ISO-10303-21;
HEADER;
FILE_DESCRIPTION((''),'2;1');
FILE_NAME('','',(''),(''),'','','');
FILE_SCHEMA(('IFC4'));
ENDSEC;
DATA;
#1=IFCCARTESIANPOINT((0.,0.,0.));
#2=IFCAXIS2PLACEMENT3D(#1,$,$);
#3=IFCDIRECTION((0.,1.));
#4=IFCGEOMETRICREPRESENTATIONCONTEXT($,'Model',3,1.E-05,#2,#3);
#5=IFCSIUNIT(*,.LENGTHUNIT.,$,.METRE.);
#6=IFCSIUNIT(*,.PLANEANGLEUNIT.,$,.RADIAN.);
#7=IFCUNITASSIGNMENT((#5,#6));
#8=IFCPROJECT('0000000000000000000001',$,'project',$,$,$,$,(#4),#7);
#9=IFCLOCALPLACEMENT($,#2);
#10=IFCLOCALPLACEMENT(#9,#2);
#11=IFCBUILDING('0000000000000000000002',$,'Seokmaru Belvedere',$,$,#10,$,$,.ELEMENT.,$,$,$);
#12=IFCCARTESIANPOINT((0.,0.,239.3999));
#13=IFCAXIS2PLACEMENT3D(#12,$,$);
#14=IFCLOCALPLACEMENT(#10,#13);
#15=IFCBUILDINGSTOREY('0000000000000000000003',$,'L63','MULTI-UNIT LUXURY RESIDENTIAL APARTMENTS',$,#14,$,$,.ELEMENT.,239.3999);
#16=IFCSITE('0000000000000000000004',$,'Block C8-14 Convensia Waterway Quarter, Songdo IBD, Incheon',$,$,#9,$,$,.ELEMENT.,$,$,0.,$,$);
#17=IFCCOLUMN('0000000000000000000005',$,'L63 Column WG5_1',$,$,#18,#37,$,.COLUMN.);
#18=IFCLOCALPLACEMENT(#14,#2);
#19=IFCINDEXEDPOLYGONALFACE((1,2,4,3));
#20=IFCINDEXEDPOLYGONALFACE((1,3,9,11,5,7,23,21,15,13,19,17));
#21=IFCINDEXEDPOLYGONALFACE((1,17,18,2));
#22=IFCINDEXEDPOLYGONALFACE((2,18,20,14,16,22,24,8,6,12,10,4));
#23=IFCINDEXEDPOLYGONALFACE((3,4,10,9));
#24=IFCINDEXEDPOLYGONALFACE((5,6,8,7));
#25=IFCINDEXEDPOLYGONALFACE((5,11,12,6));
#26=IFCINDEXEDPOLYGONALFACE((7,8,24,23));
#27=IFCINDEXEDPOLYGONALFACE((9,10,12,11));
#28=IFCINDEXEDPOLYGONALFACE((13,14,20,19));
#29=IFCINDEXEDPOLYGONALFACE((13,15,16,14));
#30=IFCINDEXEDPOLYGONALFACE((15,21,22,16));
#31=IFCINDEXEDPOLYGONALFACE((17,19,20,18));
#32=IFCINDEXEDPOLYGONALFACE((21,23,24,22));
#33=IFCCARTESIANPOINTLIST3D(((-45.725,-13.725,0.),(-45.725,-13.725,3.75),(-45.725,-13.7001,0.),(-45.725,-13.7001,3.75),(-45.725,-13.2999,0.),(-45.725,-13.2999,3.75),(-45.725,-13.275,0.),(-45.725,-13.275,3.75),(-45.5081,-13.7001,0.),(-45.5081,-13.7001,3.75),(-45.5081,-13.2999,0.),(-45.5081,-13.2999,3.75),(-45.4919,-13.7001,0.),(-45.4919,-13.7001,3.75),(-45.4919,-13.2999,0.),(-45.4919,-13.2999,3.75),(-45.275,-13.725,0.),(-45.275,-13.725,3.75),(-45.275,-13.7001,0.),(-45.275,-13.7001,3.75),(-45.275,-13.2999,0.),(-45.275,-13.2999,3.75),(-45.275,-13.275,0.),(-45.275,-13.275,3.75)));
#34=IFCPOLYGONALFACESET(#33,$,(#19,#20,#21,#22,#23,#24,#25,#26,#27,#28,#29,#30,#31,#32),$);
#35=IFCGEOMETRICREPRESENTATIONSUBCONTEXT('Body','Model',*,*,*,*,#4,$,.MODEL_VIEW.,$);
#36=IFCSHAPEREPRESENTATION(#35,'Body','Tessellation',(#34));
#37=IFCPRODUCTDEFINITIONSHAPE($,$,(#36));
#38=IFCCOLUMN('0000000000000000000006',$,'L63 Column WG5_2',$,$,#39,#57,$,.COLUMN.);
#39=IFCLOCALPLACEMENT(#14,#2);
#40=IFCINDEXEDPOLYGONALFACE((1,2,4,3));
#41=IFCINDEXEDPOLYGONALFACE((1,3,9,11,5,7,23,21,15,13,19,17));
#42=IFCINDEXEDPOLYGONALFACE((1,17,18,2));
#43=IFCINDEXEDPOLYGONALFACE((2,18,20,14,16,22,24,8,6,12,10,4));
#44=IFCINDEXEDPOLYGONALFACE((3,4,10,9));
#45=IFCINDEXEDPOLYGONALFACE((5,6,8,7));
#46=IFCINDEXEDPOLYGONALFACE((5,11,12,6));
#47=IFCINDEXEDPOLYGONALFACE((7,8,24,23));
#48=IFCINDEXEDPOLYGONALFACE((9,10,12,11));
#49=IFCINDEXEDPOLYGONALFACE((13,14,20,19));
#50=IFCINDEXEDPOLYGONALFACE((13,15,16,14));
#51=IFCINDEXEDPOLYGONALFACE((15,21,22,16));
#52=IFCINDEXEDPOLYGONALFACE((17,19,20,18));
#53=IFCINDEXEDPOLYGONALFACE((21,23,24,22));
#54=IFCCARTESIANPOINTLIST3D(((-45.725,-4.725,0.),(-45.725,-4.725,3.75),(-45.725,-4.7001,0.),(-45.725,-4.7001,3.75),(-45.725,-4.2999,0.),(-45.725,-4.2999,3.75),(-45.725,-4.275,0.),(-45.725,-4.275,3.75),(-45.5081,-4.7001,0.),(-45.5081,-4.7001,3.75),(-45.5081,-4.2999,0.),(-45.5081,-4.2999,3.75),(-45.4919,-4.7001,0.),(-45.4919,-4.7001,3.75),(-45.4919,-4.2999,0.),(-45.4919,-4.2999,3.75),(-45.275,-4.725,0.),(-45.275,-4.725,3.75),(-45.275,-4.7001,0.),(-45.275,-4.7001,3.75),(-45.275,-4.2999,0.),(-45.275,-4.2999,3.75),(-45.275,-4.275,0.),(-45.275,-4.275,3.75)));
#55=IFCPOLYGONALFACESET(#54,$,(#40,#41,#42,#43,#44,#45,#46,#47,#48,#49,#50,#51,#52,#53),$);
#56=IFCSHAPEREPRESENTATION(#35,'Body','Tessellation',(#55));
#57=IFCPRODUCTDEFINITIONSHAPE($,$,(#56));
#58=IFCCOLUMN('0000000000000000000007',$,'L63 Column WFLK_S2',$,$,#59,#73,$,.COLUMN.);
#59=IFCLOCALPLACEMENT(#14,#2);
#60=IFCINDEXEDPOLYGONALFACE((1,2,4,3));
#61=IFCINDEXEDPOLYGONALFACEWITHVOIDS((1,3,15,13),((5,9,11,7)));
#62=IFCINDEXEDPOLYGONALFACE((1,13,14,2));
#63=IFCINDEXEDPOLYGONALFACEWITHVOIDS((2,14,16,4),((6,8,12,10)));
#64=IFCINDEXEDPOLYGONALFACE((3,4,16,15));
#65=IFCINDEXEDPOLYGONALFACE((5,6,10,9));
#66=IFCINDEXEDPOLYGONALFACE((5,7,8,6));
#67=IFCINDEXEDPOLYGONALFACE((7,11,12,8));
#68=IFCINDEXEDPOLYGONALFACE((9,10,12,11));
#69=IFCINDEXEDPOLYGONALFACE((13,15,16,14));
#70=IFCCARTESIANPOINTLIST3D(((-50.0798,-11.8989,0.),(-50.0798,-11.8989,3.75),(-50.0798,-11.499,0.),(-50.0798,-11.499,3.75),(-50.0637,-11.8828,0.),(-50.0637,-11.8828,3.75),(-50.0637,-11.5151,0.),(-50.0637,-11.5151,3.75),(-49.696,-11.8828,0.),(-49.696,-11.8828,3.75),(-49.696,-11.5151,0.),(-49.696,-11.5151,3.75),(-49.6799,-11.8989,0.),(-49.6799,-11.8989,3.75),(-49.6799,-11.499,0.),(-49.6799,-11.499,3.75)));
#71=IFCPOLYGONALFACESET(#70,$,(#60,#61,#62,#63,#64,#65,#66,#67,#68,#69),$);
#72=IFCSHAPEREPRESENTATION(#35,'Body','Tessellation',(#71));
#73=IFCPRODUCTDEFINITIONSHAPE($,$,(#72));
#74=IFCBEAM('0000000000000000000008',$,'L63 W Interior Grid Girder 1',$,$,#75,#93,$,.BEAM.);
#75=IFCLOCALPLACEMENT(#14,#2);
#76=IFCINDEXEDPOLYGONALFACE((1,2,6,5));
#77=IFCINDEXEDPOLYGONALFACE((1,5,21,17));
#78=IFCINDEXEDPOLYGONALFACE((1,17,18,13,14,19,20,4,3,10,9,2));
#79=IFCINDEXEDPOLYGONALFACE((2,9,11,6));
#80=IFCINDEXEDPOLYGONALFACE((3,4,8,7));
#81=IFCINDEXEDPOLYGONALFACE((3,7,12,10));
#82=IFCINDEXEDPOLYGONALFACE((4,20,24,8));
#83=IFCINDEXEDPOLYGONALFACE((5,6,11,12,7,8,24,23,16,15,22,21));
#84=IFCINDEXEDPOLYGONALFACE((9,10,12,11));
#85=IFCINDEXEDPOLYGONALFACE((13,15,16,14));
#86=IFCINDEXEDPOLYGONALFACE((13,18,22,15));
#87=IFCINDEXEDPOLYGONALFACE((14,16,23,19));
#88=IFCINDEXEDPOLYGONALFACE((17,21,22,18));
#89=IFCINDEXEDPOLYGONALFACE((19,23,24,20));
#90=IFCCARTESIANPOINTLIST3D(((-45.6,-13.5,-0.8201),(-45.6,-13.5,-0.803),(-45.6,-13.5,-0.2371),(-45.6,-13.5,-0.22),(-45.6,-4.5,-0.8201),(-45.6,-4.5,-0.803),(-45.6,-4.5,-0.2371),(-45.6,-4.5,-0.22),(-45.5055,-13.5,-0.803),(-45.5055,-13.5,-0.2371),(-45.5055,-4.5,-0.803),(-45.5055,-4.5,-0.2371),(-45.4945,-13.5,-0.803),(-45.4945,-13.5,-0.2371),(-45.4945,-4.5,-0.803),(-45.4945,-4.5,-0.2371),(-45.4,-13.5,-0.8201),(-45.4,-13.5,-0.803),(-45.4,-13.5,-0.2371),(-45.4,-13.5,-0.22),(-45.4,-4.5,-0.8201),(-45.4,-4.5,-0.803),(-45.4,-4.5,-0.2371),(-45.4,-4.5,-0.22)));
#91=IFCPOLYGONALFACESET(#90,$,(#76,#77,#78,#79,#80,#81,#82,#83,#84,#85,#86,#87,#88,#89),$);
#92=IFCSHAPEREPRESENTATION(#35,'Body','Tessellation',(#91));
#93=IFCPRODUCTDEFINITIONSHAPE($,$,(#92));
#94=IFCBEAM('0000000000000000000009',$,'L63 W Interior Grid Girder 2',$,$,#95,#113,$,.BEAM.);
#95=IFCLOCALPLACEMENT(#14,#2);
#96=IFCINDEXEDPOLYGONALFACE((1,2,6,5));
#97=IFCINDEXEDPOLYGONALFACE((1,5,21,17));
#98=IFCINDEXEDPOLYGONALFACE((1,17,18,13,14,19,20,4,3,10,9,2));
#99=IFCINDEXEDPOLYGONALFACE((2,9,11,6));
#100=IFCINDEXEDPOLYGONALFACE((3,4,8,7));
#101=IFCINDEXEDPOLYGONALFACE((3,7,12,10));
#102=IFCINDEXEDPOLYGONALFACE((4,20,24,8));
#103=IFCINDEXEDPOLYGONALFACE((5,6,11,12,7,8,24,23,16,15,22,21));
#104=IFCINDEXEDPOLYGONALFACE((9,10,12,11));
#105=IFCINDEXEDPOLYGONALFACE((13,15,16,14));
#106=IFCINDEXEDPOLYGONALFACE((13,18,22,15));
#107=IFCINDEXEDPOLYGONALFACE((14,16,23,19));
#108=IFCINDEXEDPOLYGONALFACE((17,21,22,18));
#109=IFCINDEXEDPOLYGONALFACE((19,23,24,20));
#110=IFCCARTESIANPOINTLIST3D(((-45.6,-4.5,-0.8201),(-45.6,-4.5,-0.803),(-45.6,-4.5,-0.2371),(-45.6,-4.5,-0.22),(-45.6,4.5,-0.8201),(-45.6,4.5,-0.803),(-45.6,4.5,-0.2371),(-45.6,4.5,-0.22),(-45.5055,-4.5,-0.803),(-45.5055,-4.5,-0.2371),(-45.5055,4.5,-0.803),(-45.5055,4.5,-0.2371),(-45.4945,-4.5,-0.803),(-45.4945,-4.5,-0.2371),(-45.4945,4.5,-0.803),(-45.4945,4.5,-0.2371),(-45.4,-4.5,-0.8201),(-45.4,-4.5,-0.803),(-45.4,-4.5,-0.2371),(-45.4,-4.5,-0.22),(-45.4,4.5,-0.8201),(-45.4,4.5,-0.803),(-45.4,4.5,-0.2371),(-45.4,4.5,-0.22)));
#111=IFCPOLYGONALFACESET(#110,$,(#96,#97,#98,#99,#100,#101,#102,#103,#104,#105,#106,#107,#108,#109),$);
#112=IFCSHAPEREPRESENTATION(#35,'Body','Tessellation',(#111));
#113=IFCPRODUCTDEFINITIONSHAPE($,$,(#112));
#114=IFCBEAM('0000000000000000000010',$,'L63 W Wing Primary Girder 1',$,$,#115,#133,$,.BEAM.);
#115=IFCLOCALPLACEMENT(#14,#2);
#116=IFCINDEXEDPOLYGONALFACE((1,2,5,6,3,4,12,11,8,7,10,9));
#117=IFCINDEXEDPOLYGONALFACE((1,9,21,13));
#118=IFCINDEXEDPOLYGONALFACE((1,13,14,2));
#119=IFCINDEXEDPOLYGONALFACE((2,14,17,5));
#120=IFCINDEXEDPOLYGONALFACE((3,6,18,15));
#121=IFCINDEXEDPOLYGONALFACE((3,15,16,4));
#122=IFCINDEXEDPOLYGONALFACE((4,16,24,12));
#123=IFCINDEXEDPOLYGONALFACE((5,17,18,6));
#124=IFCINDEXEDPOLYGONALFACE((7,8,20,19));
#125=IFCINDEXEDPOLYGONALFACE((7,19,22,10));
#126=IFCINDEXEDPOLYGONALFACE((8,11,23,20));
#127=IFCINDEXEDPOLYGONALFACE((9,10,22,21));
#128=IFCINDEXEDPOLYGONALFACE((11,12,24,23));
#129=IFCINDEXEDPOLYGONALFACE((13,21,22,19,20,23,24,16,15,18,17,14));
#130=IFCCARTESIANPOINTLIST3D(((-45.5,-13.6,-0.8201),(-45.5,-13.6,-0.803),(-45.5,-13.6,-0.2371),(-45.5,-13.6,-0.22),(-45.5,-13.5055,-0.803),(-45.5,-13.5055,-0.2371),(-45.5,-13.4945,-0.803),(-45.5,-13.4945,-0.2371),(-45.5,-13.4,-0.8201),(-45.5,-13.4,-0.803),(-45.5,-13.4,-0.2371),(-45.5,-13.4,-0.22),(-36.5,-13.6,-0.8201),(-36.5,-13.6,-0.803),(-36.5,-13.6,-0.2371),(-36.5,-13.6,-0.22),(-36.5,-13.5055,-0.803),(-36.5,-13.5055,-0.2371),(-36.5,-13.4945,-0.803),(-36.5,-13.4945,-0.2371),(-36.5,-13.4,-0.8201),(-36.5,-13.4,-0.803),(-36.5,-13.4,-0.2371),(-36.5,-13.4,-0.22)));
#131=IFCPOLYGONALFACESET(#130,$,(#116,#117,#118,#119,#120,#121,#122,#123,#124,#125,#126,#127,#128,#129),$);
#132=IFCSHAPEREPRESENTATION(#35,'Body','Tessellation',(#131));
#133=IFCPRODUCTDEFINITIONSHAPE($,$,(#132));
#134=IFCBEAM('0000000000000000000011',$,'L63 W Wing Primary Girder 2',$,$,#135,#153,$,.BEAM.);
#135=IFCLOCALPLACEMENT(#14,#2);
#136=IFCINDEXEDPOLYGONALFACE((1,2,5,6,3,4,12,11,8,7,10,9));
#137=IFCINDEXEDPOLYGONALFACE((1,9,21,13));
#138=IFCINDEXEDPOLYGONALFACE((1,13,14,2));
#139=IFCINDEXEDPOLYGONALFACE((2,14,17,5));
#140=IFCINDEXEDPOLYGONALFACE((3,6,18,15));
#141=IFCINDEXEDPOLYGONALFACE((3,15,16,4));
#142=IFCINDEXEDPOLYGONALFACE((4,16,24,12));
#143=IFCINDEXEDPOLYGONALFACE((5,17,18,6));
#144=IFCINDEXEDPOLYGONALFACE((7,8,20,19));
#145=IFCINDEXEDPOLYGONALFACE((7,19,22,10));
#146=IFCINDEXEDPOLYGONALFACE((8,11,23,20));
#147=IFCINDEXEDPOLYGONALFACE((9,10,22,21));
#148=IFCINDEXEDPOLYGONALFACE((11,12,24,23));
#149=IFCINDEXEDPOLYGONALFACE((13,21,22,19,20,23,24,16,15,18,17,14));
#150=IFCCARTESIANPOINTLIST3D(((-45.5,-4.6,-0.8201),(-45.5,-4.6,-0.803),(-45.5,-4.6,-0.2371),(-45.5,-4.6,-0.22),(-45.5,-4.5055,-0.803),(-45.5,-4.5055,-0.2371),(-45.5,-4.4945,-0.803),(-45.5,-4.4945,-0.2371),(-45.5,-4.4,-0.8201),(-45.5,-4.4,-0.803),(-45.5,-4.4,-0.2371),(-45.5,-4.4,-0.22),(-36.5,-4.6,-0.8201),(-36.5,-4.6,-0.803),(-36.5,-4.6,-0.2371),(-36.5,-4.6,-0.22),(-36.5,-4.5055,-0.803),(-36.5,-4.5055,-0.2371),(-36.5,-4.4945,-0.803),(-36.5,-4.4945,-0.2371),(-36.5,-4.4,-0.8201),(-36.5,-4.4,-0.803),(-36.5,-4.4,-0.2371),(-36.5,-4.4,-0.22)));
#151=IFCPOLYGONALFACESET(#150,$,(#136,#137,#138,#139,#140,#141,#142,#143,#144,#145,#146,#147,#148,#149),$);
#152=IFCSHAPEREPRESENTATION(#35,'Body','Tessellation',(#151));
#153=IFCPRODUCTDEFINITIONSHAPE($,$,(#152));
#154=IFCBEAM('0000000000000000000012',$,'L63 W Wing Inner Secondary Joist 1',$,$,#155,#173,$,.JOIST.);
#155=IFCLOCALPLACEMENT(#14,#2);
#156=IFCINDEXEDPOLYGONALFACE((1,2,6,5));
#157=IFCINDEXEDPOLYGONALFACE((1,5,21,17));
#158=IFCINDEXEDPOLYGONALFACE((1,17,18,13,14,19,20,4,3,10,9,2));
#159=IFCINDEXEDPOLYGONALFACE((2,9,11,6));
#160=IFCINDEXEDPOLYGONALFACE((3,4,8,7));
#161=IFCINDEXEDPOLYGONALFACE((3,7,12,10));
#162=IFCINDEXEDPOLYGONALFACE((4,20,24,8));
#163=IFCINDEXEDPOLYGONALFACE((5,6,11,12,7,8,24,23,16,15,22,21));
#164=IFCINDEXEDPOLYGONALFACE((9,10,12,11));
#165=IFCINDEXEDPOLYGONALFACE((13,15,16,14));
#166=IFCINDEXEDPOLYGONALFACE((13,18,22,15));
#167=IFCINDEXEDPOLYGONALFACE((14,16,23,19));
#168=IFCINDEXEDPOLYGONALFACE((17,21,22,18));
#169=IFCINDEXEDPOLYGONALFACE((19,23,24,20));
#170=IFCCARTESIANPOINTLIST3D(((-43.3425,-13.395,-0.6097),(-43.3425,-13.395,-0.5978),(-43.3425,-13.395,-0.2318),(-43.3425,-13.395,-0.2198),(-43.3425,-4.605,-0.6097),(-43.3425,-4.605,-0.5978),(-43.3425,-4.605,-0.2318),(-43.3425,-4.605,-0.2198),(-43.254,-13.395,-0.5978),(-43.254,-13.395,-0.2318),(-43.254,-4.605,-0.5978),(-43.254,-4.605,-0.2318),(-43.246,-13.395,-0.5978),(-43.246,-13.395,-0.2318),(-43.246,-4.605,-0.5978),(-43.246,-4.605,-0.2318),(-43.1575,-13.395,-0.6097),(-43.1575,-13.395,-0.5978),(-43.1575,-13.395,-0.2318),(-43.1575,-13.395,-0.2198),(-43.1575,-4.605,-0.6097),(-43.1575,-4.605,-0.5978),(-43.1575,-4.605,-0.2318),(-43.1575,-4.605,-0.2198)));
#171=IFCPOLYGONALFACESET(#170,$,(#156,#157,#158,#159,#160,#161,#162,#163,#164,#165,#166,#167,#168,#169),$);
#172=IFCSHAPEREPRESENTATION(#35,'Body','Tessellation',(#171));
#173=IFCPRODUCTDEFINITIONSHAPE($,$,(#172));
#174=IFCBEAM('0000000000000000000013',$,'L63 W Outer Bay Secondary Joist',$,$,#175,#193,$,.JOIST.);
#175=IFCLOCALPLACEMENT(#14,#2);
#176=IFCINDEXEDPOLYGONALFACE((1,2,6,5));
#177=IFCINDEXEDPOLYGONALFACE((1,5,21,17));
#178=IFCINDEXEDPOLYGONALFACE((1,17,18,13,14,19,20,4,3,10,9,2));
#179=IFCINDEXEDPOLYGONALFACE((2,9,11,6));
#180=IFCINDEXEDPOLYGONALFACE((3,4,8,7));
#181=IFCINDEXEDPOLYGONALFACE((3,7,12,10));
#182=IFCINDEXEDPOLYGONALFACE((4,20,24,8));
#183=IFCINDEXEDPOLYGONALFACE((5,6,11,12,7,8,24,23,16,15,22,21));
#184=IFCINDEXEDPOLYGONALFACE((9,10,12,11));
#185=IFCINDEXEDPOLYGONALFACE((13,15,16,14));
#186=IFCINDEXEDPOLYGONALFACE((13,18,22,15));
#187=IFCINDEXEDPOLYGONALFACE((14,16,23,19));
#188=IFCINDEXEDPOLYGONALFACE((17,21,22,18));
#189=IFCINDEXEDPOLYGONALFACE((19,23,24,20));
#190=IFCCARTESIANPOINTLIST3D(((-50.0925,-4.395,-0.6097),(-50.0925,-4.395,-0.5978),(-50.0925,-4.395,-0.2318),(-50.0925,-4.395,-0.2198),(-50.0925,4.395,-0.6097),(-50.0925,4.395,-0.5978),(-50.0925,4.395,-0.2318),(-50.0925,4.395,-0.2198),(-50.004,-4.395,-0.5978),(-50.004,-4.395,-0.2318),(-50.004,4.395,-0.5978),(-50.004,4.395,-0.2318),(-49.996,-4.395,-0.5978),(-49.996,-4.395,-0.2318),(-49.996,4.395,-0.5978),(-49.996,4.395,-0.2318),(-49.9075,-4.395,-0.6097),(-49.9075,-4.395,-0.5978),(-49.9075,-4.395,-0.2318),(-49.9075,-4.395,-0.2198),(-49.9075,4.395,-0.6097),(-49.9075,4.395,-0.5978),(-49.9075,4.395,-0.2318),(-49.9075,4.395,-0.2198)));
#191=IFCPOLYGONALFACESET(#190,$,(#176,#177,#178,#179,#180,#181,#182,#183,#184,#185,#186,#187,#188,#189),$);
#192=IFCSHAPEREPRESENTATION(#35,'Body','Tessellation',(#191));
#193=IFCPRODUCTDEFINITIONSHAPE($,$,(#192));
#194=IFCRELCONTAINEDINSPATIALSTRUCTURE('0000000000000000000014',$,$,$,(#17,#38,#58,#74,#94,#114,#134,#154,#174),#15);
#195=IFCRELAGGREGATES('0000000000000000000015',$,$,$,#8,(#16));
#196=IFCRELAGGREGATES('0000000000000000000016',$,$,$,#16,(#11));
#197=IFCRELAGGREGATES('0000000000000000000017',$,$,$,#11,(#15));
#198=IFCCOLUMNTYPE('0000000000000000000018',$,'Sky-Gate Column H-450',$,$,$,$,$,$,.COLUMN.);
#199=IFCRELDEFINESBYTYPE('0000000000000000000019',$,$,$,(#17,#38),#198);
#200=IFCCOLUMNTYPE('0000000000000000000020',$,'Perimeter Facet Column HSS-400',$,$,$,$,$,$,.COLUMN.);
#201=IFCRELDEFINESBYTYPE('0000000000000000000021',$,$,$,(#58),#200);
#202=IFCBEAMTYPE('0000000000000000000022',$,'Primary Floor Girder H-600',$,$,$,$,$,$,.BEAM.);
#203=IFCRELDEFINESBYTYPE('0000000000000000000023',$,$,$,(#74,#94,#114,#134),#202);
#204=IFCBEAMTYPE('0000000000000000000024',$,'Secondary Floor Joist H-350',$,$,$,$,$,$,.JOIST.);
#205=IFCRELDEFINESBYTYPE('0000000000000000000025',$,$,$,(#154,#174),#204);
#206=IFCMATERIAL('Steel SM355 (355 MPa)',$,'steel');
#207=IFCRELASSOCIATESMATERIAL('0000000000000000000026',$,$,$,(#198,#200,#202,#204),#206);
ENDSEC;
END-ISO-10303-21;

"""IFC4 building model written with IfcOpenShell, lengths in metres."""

from ifc_helpers import new_model, si_unit, direction, frame, origin, origin_2d, place, context, subcontext, project, spatial, hollow_rectangle, i_section, extrude, source, transform, mapped, material, material_profile, profile_set, type_object, type_shapes, element, save


model = new_model("IFC4")

# Units and contexts
model_context = context("Model", 3, precision=1e-05, world=origin(), true_north=direction((0.0, 1.0)))
body_context = subcontext(model_context, "Body", "Model", "MODEL_VIEW")
ifc_project = project(units=[si_unit("LENGTHUNIT", "METRE"), si_unit("PLANEANGLEUNIT", "RADIAN")], contexts=[model_context])

# Site, building, storey
site_placement = place(None, origin())
site = spatial("IfcSite", under=ifc_project, at=site_placement, Name="Block C8-14 Convensia Waterway Quarter, Songdo IBD, Incheon", CompositionType="ELEMENT", RefElevation=0.0)
building_placement = place(site_placement, origin())
building = spatial("IfcBuilding", under=site, at=building_placement, Name="Seokmaru Belvedere", CompositionType="ELEMENT")
storey_placement = place(building_placement, frame((0.0, 0.0, 239.3999)))
storey = spatial("IfcBuildingStorey", under=building, at=storey_placement, Name="L63", Description="MULTI-UNIT LUXURY RESIDENTIAL APARTMENTS", CompositionType="ELEMENT", Elevation=239.3999)

# Columns
ifc_material_1 = material(Name="Steel SM355 (355 MPa)", Category="steel")
ifc_material_profile_1 = material_profile(ifc_material_1, i_section(OverallWidth=0.45, OverallDepth=0.45, WebThickness=0.0161, FlangeThickness=0.0249, at=origin_2d()), Name="H-450x450x16x25")
ifc_profile_set_1 = profile_set([ifc_material_profile_1], Name="Steel SM355 (355 MPa)")
column_type_1 = type_object("IfcColumnType", Name="Sky-Gate Column H-450", PredefinedType="COLUMN", material=ifc_profile_set_1)
shared_shape_1 = source(origin(), body_context, "Body", "SweptSolid", [
    extrude(i_section(OverallWidth=0.45, OverallDepth=0.45, WebThickness=0.0161, FlangeThickness=0.0249, at=origin_2d()), origin(), (0.0, 0.0, 1.0), 3.75),
])
type_shapes(column_type_1, [shared_shape_1])
for number, where, z_axis, x_axis, name in (
    (1, (-45.5, -13.5, 0.0), (0.0, 0.0, 1.0), (1.0, 0.0, 0.0), "L63 Column WG5_1"),
    (2, (-45.5, -4.5, 0.0), (0.0, 0.0, 1.0), (1.0, 0.0, 0.0), "L63 Column WG5_2"),
):
    element("IfcColumn", number, at=place(storey_placement, frame(where, z_axis=z_axis, x_axis=x_axis)), inside=storey, type_object=column_type_1, Name=name, PredefinedType="COLUMN", context=body_context, shape_type="MappedRepresentation", body=[
        mapped(shared_shape_1, transform((0.0, 0.0, 0.0), scale=1.0)),
    ])
ifc_material_profile_2 = material_profile(ifc_material_1, hollow_rectangle(XDim=0.3999, YDim=0.3999, WallThickness=0.0161, at=origin_2d()), Name="HSS-400x400x16")
ifc_profile_set_2 = profile_set([ifc_material_profile_2], Name="Steel SM355 (355 MPa)")
column_type_2 = type_object("IfcColumnType", Name="Perimeter Facet Column HSS-400", PredefinedType="COLUMN", material=ifc_profile_set_2)
shared_shape_2 = source(origin(), body_context, "Body", "SweptSolid", [
    extrude(hollow_rectangle(XDim=0.3999, YDim=0.3999, WallThickness=0.0161, at=origin_2d()), origin(), (0.0, 0.0, 1.0), 3.75),
])
type_shapes(column_type_2, [shared_shape_2])
column_placement = place(storey_placement, frame((-49.8799, -11.699, 0.0), z_axis=(0.0, 0.0, 1.0), x_axis=(1.0, 0.0, 0.0)))
element("IfcColumn", 3, at=column_placement, inside=storey, type_object=column_type_2, Name="L63 Column WFLK_S2", PredefinedType="COLUMN", context=body_context, shape_type="MappedRepresentation", body=[
    mapped(shared_shape_2, transform((0.0, 0.0, 0.0), scale=1.0)),
])

# Beams
ifc_material_profile_3 = material_profile(ifc_material_1, i_section(OverallWidth=0.2, OverallDepth=0.6001, WebThickness=0.011, FlangeThickness=0.0171, at=origin_2d()), Name="H-600x200x11x17")
ifc_profile_set_3 = profile_set([ifc_material_profile_3], Name="Steel SM355 (355 MPa)")
beam_type_1 = type_object("IfcBeamType", Name="Primary Floor Girder H-600", PredefinedType="BEAM", material=ifc_profile_set_3)
shared_shape_3 = source(origin(), body_context, "Body", "SweptSolid", [
    extrude(i_section(OverallWidth=0.2, OverallDepth=0.6001, WebThickness=0.011, FlangeThickness=0.0171, at=origin_2d()), origin(), (0.0, 0.0, 1.0), 9.0),
])
for number, where, z_axis, x_axis, name in (
    (4, (-45.5, -13.5, -0.52), (0.0, 1.0, 0.0), (-1.0, 0.0, 0.0), "L63 W Interior Grid Girder 1"),
    (5, (-45.5, -4.5, -0.52), (0.0, 1.0, 0.0), (-1.0, 0.0, 0.0), "L63 W Interior Grid Girder 2"),
    (6, (-45.5, -13.5, -0.52), (1.0, 0.0, 0.0), (0.0, 1.0, 0.0), "L63 W Wing Primary Girder 1"),
    (7, (-45.5, -4.5, -0.52), (1.0, 0.0, 0.0), (0.0, 1.0, 0.0), "L63 W Wing Primary Girder 2"),
):
    element("IfcBeam", number, at=place(storey_placement, frame(where, z_axis=z_axis, x_axis=x_axis)), inside=storey, type_object=beam_type_1, Name=name, PredefinedType="BEAM", context=body_context, shape_type="MappedRepresentation", body=[
        mapped(shared_shape_3, transform((0.0, 0.0, 0.0), scale=1.0)),
    ])
ifc_material_profile_4 = material_profile(ifc_material_1, i_section(OverallWidth=0.1851, OverallDepth=0.3899, WebThickness=0.0081, FlangeThickness=0.012, at=origin_2d()), Name="H-390x185x8x12")
ifc_profile_set_4 = profile_set([ifc_material_profile_4], Name="Steel SM355 (355 MPa)")
beam_type_2 = type_object("IfcBeamType", Name="Secondary Floor Joist H-350", PredefinedType="JOIST", material=ifc_profile_set_4)
shared_shape_4 = source(origin(), body_context, "Body", "SweptSolid", [
    extrude(i_section(OverallWidth=0.1851, OverallDepth=0.3899, WebThickness=0.0081, FlangeThickness=0.012, at=origin_2d()), origin(), (0.0, 0.0, 1.0), 8.79),
])
type_shapes(beam_type_2, [shared_shape_4])
for number, where, z_axis, x_axis, name in (
    (8, (-43.25, -13.395, -0.4148), (0.0, 1.0, 0.0), (-1.0, 0.0, 0.0), "L63 W Wing Inner Secondary Joist 1"),
    (9, (-50.0, -4.395, -0.4148), (0.0, 1.0, 0.0), (-1.0, 0.0, 0.0), "L63 W Outer Bay Secondary Joist"),
):
    element("IfcBeam", number, at=place(storey_placement, frame(where, z_axis=z_axis, x_axis=x_axis)), inside=storey, type_object=beam_type_2, Name=name, PredefinedType="JOIST", context=body_context, shape_type="MappedRepresentation", body=[
        mapped(shared_shape_4, transform((0.0, 0.0, 0.0), scale=1.0)),
    ])

save(model, "model.ifc")
